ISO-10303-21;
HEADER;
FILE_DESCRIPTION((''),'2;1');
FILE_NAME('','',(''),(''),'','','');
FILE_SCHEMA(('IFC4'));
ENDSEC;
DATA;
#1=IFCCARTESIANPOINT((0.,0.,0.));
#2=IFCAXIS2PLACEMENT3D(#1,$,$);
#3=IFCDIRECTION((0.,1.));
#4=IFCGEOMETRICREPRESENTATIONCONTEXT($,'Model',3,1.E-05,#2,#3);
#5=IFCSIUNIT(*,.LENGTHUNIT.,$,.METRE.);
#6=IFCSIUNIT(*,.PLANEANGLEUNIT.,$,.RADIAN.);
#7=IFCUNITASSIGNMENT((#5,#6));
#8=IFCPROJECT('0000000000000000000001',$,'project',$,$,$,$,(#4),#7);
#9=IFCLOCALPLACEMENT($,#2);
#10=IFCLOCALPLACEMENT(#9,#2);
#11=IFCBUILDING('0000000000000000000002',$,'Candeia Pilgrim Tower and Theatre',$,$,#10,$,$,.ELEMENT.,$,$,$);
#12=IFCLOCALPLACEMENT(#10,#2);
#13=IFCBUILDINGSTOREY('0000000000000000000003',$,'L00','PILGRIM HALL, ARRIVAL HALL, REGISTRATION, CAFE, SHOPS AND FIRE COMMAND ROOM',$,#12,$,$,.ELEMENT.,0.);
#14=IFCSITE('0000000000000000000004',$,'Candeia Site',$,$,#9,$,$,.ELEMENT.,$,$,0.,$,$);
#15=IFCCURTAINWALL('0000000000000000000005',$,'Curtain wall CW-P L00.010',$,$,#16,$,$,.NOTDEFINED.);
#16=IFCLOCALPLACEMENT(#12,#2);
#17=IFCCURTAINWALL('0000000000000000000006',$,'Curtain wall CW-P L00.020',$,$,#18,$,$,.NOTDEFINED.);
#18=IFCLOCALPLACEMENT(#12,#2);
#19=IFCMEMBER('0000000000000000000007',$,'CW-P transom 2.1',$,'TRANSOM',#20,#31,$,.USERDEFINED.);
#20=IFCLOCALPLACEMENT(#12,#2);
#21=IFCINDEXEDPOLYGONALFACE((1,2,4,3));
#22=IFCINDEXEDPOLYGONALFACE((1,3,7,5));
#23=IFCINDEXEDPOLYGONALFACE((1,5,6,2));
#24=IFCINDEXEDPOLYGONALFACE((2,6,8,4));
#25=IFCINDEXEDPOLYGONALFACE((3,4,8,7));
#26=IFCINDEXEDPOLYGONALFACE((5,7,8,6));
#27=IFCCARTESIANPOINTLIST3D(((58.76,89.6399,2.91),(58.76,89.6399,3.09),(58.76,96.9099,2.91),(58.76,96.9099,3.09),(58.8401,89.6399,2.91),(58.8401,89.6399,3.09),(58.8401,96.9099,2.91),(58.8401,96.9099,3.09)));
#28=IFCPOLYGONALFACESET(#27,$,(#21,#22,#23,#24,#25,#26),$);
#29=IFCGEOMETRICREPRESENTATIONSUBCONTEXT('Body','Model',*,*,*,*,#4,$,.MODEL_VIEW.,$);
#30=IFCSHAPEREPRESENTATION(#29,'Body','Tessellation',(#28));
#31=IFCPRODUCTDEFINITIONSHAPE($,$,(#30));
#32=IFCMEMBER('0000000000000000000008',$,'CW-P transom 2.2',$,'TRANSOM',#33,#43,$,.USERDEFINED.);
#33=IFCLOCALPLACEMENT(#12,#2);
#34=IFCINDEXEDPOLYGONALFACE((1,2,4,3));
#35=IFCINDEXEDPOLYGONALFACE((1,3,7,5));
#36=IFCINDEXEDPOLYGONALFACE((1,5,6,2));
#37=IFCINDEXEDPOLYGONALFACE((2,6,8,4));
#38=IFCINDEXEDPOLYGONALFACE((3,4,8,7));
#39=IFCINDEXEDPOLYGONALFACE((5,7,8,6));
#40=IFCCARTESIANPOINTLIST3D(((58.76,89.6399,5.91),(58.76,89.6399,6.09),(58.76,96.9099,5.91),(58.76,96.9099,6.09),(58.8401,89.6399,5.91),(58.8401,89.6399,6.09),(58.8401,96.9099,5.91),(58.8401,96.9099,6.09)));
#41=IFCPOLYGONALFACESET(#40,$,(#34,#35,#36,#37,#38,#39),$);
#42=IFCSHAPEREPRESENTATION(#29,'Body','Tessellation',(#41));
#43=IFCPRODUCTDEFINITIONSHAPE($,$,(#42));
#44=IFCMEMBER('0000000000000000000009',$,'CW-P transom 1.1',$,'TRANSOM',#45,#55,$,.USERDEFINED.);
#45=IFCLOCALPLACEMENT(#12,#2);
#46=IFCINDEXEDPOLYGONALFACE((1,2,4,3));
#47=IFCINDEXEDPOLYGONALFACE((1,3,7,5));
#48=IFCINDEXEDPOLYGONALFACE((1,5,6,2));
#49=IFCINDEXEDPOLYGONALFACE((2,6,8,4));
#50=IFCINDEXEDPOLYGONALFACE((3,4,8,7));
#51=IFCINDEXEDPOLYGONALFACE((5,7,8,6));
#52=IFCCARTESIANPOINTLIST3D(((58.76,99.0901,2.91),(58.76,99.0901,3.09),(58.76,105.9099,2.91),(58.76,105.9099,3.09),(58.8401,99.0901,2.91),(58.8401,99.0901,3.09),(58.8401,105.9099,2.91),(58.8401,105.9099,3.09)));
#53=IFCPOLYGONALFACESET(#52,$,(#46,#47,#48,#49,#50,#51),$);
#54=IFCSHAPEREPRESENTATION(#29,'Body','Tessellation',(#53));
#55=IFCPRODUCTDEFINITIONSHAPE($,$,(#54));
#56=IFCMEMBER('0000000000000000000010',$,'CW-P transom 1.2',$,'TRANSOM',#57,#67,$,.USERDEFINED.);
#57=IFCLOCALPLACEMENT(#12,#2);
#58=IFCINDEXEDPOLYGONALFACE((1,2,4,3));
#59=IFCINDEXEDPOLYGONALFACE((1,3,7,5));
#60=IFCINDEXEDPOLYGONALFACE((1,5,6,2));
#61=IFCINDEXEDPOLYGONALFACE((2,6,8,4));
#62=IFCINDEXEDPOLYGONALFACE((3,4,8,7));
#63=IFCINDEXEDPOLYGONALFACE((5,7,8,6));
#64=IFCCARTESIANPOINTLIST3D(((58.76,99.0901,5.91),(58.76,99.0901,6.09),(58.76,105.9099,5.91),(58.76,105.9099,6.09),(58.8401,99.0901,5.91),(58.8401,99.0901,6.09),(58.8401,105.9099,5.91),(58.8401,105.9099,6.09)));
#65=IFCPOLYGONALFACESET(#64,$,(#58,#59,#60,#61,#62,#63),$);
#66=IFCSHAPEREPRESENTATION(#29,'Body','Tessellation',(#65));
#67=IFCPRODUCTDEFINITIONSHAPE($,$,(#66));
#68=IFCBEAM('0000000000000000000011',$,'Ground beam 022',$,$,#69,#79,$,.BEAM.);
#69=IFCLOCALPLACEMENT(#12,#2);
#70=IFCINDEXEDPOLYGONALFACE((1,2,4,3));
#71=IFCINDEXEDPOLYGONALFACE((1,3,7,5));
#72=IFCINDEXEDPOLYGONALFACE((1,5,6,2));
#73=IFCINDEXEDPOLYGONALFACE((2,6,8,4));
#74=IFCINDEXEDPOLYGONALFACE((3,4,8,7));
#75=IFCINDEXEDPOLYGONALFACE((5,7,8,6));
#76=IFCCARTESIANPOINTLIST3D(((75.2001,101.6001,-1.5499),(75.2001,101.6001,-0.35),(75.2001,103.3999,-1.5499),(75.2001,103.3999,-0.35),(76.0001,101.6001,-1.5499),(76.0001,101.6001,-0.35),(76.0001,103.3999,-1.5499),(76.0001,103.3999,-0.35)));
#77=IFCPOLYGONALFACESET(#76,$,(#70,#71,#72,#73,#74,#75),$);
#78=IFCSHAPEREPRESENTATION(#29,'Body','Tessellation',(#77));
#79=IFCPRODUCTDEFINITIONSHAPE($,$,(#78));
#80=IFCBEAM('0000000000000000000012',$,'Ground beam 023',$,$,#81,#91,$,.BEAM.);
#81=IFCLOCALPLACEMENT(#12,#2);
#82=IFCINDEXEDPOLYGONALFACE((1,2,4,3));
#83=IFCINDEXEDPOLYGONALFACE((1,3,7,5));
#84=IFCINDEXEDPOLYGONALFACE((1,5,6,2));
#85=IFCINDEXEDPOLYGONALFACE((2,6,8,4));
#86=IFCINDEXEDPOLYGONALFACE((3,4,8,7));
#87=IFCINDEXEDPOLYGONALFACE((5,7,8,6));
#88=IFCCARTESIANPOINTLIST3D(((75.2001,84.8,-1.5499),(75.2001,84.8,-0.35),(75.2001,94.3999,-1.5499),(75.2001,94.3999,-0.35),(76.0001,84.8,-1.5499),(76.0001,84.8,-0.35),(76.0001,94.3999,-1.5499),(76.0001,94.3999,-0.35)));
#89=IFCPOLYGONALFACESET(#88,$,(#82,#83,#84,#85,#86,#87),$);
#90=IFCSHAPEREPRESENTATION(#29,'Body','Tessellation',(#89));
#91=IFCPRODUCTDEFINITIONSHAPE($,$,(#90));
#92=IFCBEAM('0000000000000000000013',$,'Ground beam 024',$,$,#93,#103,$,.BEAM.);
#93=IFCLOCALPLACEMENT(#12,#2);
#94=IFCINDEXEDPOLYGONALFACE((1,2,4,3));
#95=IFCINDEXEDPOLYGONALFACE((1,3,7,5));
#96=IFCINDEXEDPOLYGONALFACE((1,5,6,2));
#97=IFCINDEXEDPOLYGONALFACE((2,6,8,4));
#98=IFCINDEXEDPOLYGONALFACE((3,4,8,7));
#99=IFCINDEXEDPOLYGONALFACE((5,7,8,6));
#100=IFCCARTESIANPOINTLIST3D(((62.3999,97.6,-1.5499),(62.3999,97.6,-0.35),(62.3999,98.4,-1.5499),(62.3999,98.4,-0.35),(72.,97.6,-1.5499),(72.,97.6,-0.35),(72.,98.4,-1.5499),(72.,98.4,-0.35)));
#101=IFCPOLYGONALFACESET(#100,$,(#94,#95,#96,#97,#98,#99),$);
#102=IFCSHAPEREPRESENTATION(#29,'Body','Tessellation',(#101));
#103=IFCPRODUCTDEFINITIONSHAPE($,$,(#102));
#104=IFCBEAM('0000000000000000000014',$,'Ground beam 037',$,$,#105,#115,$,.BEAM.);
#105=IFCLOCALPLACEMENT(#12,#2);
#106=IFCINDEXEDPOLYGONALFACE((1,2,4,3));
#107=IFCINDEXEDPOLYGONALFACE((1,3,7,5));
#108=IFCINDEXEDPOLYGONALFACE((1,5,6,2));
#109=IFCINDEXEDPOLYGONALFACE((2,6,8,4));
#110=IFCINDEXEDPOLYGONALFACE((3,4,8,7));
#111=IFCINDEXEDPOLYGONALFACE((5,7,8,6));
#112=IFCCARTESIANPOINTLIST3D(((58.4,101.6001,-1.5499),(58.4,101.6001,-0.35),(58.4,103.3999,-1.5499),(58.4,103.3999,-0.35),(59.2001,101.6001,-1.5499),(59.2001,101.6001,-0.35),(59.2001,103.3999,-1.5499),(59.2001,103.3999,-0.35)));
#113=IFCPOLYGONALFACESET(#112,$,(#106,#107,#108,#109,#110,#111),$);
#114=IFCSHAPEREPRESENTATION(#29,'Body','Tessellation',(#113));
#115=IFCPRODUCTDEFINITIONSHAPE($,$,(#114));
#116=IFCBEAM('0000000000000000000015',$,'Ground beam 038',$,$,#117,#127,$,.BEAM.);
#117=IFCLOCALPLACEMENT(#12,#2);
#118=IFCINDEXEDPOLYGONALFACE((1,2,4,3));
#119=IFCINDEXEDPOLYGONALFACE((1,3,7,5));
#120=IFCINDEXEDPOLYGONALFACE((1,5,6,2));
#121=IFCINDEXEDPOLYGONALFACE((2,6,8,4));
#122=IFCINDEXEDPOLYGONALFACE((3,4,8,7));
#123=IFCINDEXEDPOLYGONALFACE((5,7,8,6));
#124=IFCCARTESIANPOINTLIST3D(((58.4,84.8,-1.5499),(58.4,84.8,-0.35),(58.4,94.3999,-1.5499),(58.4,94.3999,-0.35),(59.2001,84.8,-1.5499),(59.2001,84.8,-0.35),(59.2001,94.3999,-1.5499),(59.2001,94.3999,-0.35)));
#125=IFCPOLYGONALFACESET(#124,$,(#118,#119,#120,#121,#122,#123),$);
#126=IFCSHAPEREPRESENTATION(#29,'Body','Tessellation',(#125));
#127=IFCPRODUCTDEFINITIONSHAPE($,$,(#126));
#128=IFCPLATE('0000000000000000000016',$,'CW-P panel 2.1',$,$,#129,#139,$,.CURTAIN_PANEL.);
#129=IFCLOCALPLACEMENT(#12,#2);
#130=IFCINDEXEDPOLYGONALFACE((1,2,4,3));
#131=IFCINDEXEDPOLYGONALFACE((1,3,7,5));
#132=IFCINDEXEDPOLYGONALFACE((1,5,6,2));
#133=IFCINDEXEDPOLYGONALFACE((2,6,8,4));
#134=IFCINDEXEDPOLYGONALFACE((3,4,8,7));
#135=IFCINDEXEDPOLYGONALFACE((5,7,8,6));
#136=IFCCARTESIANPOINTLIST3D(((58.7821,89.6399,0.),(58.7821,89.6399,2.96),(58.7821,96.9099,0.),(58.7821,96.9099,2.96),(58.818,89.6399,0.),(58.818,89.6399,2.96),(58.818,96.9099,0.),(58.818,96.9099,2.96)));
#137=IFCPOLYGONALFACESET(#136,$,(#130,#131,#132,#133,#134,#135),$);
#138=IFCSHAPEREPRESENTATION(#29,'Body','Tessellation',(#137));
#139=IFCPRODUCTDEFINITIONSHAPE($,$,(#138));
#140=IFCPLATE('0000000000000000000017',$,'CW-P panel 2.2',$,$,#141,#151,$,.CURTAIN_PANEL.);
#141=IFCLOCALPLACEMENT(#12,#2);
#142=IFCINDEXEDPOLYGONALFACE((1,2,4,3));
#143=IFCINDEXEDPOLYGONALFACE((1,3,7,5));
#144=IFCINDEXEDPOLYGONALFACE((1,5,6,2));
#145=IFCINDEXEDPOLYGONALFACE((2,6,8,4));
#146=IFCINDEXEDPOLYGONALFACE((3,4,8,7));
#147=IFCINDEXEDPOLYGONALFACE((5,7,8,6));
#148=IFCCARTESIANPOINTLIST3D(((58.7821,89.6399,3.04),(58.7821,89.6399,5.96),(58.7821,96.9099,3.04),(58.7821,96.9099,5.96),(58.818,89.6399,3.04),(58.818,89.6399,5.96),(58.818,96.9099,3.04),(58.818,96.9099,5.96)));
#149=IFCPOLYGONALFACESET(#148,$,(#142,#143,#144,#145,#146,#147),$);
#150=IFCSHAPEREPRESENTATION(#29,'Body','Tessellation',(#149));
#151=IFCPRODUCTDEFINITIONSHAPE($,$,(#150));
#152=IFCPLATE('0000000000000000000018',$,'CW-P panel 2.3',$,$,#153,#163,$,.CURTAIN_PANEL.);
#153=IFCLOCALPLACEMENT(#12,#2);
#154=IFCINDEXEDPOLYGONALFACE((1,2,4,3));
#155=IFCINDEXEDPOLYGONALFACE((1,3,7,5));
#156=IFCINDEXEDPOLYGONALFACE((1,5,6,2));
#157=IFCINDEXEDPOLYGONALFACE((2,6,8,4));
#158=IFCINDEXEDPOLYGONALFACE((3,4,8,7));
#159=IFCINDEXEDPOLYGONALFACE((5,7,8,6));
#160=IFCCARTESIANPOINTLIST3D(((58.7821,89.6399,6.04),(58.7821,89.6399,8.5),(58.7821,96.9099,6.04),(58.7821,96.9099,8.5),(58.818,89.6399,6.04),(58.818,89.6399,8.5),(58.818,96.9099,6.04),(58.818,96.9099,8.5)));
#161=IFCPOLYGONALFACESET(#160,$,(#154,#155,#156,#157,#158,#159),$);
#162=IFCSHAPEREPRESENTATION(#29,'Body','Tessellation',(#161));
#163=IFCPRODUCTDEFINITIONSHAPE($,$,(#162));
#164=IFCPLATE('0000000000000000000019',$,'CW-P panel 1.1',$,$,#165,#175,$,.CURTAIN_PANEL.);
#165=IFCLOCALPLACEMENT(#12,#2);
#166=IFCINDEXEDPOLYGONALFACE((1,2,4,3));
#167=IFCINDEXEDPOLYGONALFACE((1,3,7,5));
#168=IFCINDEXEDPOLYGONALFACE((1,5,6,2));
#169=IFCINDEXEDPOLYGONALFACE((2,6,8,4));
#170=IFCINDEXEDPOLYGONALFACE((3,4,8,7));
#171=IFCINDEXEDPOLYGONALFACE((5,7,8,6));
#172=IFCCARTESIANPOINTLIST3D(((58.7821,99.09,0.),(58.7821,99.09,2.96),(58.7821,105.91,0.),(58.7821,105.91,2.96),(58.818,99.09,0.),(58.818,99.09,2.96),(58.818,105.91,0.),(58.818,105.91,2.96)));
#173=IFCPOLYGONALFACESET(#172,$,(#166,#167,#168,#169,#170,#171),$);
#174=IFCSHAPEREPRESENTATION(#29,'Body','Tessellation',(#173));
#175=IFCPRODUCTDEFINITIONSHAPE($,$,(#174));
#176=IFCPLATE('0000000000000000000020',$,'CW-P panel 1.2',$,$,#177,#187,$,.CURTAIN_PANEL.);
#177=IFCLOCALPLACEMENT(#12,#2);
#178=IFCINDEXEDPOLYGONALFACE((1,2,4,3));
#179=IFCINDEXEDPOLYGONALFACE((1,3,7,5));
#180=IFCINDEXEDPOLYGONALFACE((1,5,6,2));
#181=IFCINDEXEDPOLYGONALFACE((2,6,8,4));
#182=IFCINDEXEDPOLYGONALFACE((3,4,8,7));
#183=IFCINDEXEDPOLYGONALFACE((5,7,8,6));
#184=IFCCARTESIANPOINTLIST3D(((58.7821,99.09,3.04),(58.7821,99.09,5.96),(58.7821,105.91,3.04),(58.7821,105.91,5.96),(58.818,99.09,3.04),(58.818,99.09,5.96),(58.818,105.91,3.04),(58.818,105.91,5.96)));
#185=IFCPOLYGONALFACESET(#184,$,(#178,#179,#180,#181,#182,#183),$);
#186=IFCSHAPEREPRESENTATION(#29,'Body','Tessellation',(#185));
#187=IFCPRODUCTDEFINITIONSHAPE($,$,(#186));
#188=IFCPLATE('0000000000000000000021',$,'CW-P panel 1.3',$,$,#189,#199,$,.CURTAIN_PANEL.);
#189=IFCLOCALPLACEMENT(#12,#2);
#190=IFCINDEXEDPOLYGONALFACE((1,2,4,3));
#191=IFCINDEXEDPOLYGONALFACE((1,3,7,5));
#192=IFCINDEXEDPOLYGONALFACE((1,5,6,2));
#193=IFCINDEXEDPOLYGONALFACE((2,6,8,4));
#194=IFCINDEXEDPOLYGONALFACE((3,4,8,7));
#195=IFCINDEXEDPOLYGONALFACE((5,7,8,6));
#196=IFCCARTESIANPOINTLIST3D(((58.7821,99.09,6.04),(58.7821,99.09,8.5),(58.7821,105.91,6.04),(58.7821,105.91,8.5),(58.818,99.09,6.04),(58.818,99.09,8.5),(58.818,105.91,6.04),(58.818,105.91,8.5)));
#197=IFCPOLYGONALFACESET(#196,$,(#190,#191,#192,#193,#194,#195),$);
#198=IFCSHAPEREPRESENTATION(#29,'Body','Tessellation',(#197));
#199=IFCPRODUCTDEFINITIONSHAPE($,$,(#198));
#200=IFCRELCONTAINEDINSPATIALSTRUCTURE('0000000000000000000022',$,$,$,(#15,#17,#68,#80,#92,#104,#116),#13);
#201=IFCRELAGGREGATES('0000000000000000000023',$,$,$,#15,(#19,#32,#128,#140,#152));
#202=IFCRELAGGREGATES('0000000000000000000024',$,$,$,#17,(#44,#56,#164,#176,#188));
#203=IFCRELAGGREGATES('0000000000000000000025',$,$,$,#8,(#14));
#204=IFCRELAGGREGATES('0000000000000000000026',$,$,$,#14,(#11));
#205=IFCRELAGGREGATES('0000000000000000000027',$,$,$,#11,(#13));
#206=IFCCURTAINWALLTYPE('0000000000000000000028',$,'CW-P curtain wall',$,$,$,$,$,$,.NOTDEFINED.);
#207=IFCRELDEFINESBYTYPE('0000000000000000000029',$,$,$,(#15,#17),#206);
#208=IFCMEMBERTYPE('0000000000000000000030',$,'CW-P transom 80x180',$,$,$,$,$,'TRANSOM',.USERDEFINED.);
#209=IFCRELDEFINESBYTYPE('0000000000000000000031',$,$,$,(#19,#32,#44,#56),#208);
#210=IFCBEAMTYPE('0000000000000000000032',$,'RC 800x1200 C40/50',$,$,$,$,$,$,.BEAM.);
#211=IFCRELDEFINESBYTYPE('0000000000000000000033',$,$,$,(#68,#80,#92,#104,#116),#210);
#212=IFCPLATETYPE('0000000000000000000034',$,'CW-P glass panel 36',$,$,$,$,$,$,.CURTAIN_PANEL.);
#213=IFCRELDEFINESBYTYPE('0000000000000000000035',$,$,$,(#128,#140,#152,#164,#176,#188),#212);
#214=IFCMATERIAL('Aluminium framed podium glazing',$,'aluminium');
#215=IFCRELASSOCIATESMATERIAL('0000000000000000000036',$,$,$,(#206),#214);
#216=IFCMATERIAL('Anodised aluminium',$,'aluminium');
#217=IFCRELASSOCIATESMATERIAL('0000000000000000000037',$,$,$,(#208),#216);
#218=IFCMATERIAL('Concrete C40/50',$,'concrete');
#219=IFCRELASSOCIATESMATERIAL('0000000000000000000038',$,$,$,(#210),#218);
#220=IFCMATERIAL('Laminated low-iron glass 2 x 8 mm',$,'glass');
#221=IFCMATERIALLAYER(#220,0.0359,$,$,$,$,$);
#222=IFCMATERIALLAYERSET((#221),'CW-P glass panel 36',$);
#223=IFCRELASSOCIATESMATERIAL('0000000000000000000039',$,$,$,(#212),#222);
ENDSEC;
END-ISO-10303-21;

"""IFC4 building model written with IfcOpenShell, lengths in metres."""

from ifc_helpers import new_model, si_unit, direction, frame, origin, origin_2d, place, context, subcontext, project, spatial, rectangle, extrude, material, layer, layer_set, material_profile, profile_set, type_object, element, aggregate, save


model = new_model("IFC4")

# Units and contexts
model_context = context("Model", 3, precision=1e-05, world=origin(), true_north=direction((0.0, 1.0)))
body_context = subcontext(model_context, "Body", "Model", "MODEL_VIEW")
ifc_project = project(units=[si_unit("LENGTHUNIT", "METRE"), si_unit("PLANEANGLEUNIT", "RADIAN")], contexts=[model_context])

# Site, building, storey
site_placement = place(None, origin())
site = spatial("IfcSite", under=ifc_project, at=site_placement, Name="Candeia Site", CompositionType="ELEMENT", RefElevation=0.0)
building_placement = place(site_placement, origin())
building = spatial("IfcBuilding", under=site, at=building_placement, Name="Candeia Pilgrim Tower and Theatre", CompositionType="ELEMENT")
storey_placement = place(building_placement, origin())
storey = spatial("IfcBuildingStorey", under=building, at=storey_placement, Name="L00", Description="PILGRIM HALL, ARRIVAL HALL, REGISTRATION, CAFE, SHOPS AND FIRE COMMAND ROOM", CompositionType="ELEMENT", Elevation=0.0)

# Shared definitions
ifc_material_1 = material(Name="Concrete C40/50", Category="concrete")

# Curtain walls
ifc_material_2 = material(Name="Aluminium framed podium glazing", Category="aluminium")
curtain_wall_type = type_object("IfcCurtainWallType", Name="CW-P curtain wall", PredefinedType="NOTDEFINED", material=ifc_material_2)
curtain_wall_1_placement = place(storey_placement, origin())
curtain_wall_1 = element("IfcCurtainWall", 1, at=curtain_wall_1_placement, inside=storey, type_object=curtain_wall_type, Name="Curtain wall CW-P L00.010", PredefinedType="NOTDEFINED")
ifc_material_3 = material(Name="Anodised aluminium", Category="aluminium")
curtain_wall_2_placement = place(storey_placement, origin())
curtain_wall_2 = element("IfcCurtainWall", 2, at=curtain_wall_2_placement, inside=storey, type_object=curtain_wall_type, Name="Curtain wall CW-P L00.020", PredefinedType="NOTDEFINED")

# Members
ifc_material_profile_1 = material_profile(ifc_material_3, rectangle(XDim=0.0801, YDim=0.1799, at=origin_2d()))
ifc_profile_set_1 = profile_set([ifc_material_profile_1], Name="Anodised aluminium")
member_type_1 = type_object("IfcMemberType", Name="CW-P transom 80x180", ElementType="TRANSOM", PredefinedType="USERDEFINED", material=ifc_profile_set_1)
member_1_placement = place(storey_placement, frame((58.8, 89.6399, 3.0), z_axis=(0.0, 1.0, 0.0), x_axis=(-1.0, 0.0, 0.0)))
member_1 = element("IfcMember", 3, at=member_1_placement, type_object=member_type_1, Name="CW-P transom 2.1", ObjectType="TRANSOM", PredefinedType="USERDEFINED", context=body_context, shape_type="SweptSolid", body=[
    extrude(rectangle(XDim=0.0801, YDim=0.1799, at=origin_2d()), origin(), (0.0, 0.0, 1.0), 7.27),
])
member_2_placement = place(storey_placement, frame((58.8, 89.6399, 6.0), z_axis=(0.0, 1.0, 0.0), x_axis=(-1.0, 0.0, 0.0)))
member_2 = element("IfcMember", 4, at=member_2_placement, type_object=member_type_1, Name="CW-P transom 2.2", ObjectType="TRANSOM", PredefinedType="USERDEFINED", context=body_context, shape_type="SweptSolid", body=[
    extrude(rectangle(XDim=0.0801, YDim=0.1799, at=origin_2d()), origin(), (0.0, 0.0, 1.0), 7.27),
])
member_3_placement = place(storey_placement, frame((58.8, 99.0901, 3.0), z_axis=(0.0, 1.0, 0.0), x_axis=(-1.0, 0.0, 0.0)))
member_3 = element("IfcMember", 5, at=member_3_placement, type_object=member_type_1, Name="CW-P transom 1.1", ObjectType="TRANSOM", PredefinedType="USERDEFINED", context=body_context, shape_type="SweptSolid", body=[
    extrude(rectangle(XDim=0.0801, YDim=0.1799, at=origin_2d()), origin(), (0.0, 0.0, 1.0), 6.8198),
])
member_4_placement = place(storey_placement, frame((58.8, 99.0901, 6.0), z_axis=(0.0, 1.0, 0.0), x_axis=(-1.0, 0.0, 0.0)))
member_4 = element("IfcMember", 6, at=member_4_placement, type_object=member_type_1, Name="CW-P transom 1.2", ObjectType="TRANSOM", PredefinedType="USERDEFINED", context=body_context, shape_type="SweptSolid", body=[
    extrude(rectangle(XDim=0.0801, YDim=0.1799, at=origin_2d()), origin(), (0.0, 0.0, 1.0), 6.8198),
])

# Beams
ifc_material_profile_2 = material_profile(ifc_material_1, rectangle(XDim=0.8, YDim=1.2, at=origin_2d()))
ifc_profile_set_2 = profile_set([ifc_material_profile_2], Name="Concrete C40/50")
beam_type = type_object("IfcBeamType", Name="RC 800x1200 C40/50", PredefinedType="BEAM", material=ifc_profile_set_2)
beam_1_placement = place(storey_placement, frame((75.6001, 101.6001, -0.95), z_axis=(0.0, 1.0, 0.0), x_axis=(-1.0, 0.0, 0.0)))
element("IfcBeam", 7, at=beam_1_placement, inside=storey, type_object=beam_type, Name="Ground beam 022", PredefinedType="BEAM", context=body_context, shape_type="SweptSolid", body=[
    extrude(rectangle(XDim=0.8, YDim=1.2, at=origin_2d()), origin(), (0.0, 0.0, 1.0), 1.7998),
])
beam_2_placement = place(storey_placement, frame((75.6001, 94.3999, -0.95), z_axis=(0.0, -1.0, 0.0), x_axis=(1.0, 0.0, 0.0)))
element("IfcBeam", 8, at=beam_2_placement, inside=storey, type_object=beam_type, Name="Ground beam 023", PredefinedType="BEAM", context=body_context, shape_type="SweptSolid", body=[
    extrude(rectangle(XDim=0.8, YDim=1.2, at=origin_2d()), origin(), (0.0, 0.0, 1.0), 9.5999),
])
beam_3_placement = place(storey_placement, frame((72.0, 98.0, -0.95), z_axis=(-1.0, 0.0, 0.0), x_axis=(0.0, -1.0, 0.0)))
element("IfcBeam", 9, at=beam_3_placement, inside=storey, type_object=beam_type, Name="Ground beam 024", PredefinedType="BEAM", context=body_context, shape_type="SweptSolid", body=[
    extrude(rectangle(XDim=0.8, YDim=1.2, at=origin_2d()), origin(), (0.0, 0.0, 1.0), 9.6001),
])
beam_4_placement = place(storey_placement, frame((58.8, 101.6001, -0.95), z_axis=(0.0, 1.0, 0.0), x_axis=(-1.0, 0.0, 0.0)))
element("IfcBeam", 10, at=beam_4_placement, inside=storey, type_object=beam_type, Name="Ground beam 037", PredefinedType="BEAM", context=body_context, shape_type="SweptSolid", body=[
    extrude(rectangle(XDim=0.8, YDim=1.2, at=origin_2d()), origin(), (0.0, 0.0, 1.0), 1.7998),
])
beam_5_placement = place(storey_placement, frame((58.8, 94.3999, -0.95), z_axis=(0.0, -1.0, 0.0), x_axis=(1.0, 0.0, 0.0)))
element("IfcBeam", 11, at=beam_5_placement, inside=storey, type_object=beam_type, Name="Ground beam 038", PredefinedType="BEAM", context=body_context, shape_type="SweptSolid", body=[
    extrude(rectangle(XDim=0.8, YDim=1.2, at=origin_2d()), origin(), (0.0, 0.0, 1.0), 9.5999),
])

# Plates
ifc_material_4 = material(Name="Laminated low-iron glass 2 x 8 mm", Category="glass")
ifc_layer_1 = layer(ifc_material_4, 0.0359)
ifc_layer_set_1 = layer_set([ifc_layer_1], Name="CW-P glass panel 36")
plate_type = type_object("IfcPlateType", Name="CW-P glass panel 36", PredefinedType="CURTAIN_PANEL", material=ifc_layer_set_1)
plate_1_placement = place(storey_placement, frame((58.8, 93.2749, 0.0), z_axis=(0.0, 0.0, 1.0), x_axis=(0.0, 1.0, 0.0)))
plate_1 = element("IfcPlate", 12, at=plate_1_placement, type_object=plate_type, Name="CW-P panel 2.1", PredefinedType="CURTAIN_PANEL", context=body_context, shape_type="SweptSolid", body=[
    extrude(rectangle(XDim=7.27, YDim=0.0359, at=origin_2d()), origin(), (0.0, 0.0, 1.0), 2.96),
])
plate_2_placement = place(storey_placement, frame((58.8, 93.2749, 3.04), z_axis=(0.0, 0.0, 1.0), x_axis=(0.0, 1.0, 0.0)))
plate_2 = element("IfcPlate", 13, at=plate_2_placement, type_object=plate_type, Name="CW-P panel 2.2", PredefinedType="CURTAIN_PANEL", context=body_context, shape_type="SweptSolid", body=[
    extrude(rectangle(XDim=7.27, YDim=0.0359, at=origin_2d()), origin(), (0.0, 0.0, 1.0), 2.9199),
])
plate_3_placement = place(storey_placement, frame((58.8, 93.2749, 6.04), z_axis=(0.0, 0.0, 1.0), x_axis=(0.0, 1.0, 0.0)))
plate_3 = element("IfcPlate", 14, at=plate_3_placement, type_object=plate_type, Name="CW-P panel 2.3", PredefinedType="CURTAIN_PANEL", context=body_context, shape_type="SweptSolid", body=[
    extrude(rectangle(XDim=7.27, YDim=0.0359, at=origin_2d()), origin(), (0.0, 0.0, 1.0), 2.46),
])
aggregate(curtain_wall_1, [member_1, member_2, plate_1, plate_2, plate_3])
plate_4_placement = place(storey_placement, frame((58.8, 102.5, 0.0), z_axis=(0.0, 0.0, 1.0), x_axis=(0.0, 1.0, 0.0)))
plate_4 = element("IfcPlate", 15, at=plate_4_placement, type_object=plate_type, Name="CW-P panel 1.1", PredefinedType="CURTAIN_PANEL", context=body_context, shape_type="SweptSolid", body=[
    extrude(rectangle(XDim=6.8201, YDim=0.0359, at=origin_2d()), origin(), (0.0, 0.0, 1.0), 2.96),
])
plate_5_placement = place(storey_placement, frame((58.8, 102.5, 3.04), z_axis=(0.0, 0.0, 1.0), x_axis=(0.0, 1.0, 0.0)))
plate_5 = element("IfcPlate", 16, at=plate_5_placement, type_object=plate_type, Name="CW-P panel 1.2", PredefinedType="CURTAIN_PANEL", context=body_context, shape_type="SweptSolid", body=[
    extrude(rectangle(XDim=6.8201, YDim=0.0359, at=origin_2d()), origin(), (0.0, 0.0, 1.0), 2.9199),
])
plate_6_placement = place(storey_placement, frame((58.8, 102.5, 6.04), z_axis=(0.0, 0.0, 1.0), x_axis=(0.0, 1.0, 0.0)))
plate_6 = element("IfcPlate", 17, at=plate_6_placement, type_object=plate_type, Name="CW-P panel 1.3", PredefinedType="CURTAIN_PANEL", context=body_context, shape_type="SweptSolid", body=[
    extrude(rectangle(XDim=6.8201, YDim=0.0359, at=origin_2d()), origin(), (0.0, 0.0, 1.0), 2.46),
])
aggregate(curtain_wall_2, [member_3, member_4, plate_4, plate_5, plate_6])

save(model, "model.ifc")
